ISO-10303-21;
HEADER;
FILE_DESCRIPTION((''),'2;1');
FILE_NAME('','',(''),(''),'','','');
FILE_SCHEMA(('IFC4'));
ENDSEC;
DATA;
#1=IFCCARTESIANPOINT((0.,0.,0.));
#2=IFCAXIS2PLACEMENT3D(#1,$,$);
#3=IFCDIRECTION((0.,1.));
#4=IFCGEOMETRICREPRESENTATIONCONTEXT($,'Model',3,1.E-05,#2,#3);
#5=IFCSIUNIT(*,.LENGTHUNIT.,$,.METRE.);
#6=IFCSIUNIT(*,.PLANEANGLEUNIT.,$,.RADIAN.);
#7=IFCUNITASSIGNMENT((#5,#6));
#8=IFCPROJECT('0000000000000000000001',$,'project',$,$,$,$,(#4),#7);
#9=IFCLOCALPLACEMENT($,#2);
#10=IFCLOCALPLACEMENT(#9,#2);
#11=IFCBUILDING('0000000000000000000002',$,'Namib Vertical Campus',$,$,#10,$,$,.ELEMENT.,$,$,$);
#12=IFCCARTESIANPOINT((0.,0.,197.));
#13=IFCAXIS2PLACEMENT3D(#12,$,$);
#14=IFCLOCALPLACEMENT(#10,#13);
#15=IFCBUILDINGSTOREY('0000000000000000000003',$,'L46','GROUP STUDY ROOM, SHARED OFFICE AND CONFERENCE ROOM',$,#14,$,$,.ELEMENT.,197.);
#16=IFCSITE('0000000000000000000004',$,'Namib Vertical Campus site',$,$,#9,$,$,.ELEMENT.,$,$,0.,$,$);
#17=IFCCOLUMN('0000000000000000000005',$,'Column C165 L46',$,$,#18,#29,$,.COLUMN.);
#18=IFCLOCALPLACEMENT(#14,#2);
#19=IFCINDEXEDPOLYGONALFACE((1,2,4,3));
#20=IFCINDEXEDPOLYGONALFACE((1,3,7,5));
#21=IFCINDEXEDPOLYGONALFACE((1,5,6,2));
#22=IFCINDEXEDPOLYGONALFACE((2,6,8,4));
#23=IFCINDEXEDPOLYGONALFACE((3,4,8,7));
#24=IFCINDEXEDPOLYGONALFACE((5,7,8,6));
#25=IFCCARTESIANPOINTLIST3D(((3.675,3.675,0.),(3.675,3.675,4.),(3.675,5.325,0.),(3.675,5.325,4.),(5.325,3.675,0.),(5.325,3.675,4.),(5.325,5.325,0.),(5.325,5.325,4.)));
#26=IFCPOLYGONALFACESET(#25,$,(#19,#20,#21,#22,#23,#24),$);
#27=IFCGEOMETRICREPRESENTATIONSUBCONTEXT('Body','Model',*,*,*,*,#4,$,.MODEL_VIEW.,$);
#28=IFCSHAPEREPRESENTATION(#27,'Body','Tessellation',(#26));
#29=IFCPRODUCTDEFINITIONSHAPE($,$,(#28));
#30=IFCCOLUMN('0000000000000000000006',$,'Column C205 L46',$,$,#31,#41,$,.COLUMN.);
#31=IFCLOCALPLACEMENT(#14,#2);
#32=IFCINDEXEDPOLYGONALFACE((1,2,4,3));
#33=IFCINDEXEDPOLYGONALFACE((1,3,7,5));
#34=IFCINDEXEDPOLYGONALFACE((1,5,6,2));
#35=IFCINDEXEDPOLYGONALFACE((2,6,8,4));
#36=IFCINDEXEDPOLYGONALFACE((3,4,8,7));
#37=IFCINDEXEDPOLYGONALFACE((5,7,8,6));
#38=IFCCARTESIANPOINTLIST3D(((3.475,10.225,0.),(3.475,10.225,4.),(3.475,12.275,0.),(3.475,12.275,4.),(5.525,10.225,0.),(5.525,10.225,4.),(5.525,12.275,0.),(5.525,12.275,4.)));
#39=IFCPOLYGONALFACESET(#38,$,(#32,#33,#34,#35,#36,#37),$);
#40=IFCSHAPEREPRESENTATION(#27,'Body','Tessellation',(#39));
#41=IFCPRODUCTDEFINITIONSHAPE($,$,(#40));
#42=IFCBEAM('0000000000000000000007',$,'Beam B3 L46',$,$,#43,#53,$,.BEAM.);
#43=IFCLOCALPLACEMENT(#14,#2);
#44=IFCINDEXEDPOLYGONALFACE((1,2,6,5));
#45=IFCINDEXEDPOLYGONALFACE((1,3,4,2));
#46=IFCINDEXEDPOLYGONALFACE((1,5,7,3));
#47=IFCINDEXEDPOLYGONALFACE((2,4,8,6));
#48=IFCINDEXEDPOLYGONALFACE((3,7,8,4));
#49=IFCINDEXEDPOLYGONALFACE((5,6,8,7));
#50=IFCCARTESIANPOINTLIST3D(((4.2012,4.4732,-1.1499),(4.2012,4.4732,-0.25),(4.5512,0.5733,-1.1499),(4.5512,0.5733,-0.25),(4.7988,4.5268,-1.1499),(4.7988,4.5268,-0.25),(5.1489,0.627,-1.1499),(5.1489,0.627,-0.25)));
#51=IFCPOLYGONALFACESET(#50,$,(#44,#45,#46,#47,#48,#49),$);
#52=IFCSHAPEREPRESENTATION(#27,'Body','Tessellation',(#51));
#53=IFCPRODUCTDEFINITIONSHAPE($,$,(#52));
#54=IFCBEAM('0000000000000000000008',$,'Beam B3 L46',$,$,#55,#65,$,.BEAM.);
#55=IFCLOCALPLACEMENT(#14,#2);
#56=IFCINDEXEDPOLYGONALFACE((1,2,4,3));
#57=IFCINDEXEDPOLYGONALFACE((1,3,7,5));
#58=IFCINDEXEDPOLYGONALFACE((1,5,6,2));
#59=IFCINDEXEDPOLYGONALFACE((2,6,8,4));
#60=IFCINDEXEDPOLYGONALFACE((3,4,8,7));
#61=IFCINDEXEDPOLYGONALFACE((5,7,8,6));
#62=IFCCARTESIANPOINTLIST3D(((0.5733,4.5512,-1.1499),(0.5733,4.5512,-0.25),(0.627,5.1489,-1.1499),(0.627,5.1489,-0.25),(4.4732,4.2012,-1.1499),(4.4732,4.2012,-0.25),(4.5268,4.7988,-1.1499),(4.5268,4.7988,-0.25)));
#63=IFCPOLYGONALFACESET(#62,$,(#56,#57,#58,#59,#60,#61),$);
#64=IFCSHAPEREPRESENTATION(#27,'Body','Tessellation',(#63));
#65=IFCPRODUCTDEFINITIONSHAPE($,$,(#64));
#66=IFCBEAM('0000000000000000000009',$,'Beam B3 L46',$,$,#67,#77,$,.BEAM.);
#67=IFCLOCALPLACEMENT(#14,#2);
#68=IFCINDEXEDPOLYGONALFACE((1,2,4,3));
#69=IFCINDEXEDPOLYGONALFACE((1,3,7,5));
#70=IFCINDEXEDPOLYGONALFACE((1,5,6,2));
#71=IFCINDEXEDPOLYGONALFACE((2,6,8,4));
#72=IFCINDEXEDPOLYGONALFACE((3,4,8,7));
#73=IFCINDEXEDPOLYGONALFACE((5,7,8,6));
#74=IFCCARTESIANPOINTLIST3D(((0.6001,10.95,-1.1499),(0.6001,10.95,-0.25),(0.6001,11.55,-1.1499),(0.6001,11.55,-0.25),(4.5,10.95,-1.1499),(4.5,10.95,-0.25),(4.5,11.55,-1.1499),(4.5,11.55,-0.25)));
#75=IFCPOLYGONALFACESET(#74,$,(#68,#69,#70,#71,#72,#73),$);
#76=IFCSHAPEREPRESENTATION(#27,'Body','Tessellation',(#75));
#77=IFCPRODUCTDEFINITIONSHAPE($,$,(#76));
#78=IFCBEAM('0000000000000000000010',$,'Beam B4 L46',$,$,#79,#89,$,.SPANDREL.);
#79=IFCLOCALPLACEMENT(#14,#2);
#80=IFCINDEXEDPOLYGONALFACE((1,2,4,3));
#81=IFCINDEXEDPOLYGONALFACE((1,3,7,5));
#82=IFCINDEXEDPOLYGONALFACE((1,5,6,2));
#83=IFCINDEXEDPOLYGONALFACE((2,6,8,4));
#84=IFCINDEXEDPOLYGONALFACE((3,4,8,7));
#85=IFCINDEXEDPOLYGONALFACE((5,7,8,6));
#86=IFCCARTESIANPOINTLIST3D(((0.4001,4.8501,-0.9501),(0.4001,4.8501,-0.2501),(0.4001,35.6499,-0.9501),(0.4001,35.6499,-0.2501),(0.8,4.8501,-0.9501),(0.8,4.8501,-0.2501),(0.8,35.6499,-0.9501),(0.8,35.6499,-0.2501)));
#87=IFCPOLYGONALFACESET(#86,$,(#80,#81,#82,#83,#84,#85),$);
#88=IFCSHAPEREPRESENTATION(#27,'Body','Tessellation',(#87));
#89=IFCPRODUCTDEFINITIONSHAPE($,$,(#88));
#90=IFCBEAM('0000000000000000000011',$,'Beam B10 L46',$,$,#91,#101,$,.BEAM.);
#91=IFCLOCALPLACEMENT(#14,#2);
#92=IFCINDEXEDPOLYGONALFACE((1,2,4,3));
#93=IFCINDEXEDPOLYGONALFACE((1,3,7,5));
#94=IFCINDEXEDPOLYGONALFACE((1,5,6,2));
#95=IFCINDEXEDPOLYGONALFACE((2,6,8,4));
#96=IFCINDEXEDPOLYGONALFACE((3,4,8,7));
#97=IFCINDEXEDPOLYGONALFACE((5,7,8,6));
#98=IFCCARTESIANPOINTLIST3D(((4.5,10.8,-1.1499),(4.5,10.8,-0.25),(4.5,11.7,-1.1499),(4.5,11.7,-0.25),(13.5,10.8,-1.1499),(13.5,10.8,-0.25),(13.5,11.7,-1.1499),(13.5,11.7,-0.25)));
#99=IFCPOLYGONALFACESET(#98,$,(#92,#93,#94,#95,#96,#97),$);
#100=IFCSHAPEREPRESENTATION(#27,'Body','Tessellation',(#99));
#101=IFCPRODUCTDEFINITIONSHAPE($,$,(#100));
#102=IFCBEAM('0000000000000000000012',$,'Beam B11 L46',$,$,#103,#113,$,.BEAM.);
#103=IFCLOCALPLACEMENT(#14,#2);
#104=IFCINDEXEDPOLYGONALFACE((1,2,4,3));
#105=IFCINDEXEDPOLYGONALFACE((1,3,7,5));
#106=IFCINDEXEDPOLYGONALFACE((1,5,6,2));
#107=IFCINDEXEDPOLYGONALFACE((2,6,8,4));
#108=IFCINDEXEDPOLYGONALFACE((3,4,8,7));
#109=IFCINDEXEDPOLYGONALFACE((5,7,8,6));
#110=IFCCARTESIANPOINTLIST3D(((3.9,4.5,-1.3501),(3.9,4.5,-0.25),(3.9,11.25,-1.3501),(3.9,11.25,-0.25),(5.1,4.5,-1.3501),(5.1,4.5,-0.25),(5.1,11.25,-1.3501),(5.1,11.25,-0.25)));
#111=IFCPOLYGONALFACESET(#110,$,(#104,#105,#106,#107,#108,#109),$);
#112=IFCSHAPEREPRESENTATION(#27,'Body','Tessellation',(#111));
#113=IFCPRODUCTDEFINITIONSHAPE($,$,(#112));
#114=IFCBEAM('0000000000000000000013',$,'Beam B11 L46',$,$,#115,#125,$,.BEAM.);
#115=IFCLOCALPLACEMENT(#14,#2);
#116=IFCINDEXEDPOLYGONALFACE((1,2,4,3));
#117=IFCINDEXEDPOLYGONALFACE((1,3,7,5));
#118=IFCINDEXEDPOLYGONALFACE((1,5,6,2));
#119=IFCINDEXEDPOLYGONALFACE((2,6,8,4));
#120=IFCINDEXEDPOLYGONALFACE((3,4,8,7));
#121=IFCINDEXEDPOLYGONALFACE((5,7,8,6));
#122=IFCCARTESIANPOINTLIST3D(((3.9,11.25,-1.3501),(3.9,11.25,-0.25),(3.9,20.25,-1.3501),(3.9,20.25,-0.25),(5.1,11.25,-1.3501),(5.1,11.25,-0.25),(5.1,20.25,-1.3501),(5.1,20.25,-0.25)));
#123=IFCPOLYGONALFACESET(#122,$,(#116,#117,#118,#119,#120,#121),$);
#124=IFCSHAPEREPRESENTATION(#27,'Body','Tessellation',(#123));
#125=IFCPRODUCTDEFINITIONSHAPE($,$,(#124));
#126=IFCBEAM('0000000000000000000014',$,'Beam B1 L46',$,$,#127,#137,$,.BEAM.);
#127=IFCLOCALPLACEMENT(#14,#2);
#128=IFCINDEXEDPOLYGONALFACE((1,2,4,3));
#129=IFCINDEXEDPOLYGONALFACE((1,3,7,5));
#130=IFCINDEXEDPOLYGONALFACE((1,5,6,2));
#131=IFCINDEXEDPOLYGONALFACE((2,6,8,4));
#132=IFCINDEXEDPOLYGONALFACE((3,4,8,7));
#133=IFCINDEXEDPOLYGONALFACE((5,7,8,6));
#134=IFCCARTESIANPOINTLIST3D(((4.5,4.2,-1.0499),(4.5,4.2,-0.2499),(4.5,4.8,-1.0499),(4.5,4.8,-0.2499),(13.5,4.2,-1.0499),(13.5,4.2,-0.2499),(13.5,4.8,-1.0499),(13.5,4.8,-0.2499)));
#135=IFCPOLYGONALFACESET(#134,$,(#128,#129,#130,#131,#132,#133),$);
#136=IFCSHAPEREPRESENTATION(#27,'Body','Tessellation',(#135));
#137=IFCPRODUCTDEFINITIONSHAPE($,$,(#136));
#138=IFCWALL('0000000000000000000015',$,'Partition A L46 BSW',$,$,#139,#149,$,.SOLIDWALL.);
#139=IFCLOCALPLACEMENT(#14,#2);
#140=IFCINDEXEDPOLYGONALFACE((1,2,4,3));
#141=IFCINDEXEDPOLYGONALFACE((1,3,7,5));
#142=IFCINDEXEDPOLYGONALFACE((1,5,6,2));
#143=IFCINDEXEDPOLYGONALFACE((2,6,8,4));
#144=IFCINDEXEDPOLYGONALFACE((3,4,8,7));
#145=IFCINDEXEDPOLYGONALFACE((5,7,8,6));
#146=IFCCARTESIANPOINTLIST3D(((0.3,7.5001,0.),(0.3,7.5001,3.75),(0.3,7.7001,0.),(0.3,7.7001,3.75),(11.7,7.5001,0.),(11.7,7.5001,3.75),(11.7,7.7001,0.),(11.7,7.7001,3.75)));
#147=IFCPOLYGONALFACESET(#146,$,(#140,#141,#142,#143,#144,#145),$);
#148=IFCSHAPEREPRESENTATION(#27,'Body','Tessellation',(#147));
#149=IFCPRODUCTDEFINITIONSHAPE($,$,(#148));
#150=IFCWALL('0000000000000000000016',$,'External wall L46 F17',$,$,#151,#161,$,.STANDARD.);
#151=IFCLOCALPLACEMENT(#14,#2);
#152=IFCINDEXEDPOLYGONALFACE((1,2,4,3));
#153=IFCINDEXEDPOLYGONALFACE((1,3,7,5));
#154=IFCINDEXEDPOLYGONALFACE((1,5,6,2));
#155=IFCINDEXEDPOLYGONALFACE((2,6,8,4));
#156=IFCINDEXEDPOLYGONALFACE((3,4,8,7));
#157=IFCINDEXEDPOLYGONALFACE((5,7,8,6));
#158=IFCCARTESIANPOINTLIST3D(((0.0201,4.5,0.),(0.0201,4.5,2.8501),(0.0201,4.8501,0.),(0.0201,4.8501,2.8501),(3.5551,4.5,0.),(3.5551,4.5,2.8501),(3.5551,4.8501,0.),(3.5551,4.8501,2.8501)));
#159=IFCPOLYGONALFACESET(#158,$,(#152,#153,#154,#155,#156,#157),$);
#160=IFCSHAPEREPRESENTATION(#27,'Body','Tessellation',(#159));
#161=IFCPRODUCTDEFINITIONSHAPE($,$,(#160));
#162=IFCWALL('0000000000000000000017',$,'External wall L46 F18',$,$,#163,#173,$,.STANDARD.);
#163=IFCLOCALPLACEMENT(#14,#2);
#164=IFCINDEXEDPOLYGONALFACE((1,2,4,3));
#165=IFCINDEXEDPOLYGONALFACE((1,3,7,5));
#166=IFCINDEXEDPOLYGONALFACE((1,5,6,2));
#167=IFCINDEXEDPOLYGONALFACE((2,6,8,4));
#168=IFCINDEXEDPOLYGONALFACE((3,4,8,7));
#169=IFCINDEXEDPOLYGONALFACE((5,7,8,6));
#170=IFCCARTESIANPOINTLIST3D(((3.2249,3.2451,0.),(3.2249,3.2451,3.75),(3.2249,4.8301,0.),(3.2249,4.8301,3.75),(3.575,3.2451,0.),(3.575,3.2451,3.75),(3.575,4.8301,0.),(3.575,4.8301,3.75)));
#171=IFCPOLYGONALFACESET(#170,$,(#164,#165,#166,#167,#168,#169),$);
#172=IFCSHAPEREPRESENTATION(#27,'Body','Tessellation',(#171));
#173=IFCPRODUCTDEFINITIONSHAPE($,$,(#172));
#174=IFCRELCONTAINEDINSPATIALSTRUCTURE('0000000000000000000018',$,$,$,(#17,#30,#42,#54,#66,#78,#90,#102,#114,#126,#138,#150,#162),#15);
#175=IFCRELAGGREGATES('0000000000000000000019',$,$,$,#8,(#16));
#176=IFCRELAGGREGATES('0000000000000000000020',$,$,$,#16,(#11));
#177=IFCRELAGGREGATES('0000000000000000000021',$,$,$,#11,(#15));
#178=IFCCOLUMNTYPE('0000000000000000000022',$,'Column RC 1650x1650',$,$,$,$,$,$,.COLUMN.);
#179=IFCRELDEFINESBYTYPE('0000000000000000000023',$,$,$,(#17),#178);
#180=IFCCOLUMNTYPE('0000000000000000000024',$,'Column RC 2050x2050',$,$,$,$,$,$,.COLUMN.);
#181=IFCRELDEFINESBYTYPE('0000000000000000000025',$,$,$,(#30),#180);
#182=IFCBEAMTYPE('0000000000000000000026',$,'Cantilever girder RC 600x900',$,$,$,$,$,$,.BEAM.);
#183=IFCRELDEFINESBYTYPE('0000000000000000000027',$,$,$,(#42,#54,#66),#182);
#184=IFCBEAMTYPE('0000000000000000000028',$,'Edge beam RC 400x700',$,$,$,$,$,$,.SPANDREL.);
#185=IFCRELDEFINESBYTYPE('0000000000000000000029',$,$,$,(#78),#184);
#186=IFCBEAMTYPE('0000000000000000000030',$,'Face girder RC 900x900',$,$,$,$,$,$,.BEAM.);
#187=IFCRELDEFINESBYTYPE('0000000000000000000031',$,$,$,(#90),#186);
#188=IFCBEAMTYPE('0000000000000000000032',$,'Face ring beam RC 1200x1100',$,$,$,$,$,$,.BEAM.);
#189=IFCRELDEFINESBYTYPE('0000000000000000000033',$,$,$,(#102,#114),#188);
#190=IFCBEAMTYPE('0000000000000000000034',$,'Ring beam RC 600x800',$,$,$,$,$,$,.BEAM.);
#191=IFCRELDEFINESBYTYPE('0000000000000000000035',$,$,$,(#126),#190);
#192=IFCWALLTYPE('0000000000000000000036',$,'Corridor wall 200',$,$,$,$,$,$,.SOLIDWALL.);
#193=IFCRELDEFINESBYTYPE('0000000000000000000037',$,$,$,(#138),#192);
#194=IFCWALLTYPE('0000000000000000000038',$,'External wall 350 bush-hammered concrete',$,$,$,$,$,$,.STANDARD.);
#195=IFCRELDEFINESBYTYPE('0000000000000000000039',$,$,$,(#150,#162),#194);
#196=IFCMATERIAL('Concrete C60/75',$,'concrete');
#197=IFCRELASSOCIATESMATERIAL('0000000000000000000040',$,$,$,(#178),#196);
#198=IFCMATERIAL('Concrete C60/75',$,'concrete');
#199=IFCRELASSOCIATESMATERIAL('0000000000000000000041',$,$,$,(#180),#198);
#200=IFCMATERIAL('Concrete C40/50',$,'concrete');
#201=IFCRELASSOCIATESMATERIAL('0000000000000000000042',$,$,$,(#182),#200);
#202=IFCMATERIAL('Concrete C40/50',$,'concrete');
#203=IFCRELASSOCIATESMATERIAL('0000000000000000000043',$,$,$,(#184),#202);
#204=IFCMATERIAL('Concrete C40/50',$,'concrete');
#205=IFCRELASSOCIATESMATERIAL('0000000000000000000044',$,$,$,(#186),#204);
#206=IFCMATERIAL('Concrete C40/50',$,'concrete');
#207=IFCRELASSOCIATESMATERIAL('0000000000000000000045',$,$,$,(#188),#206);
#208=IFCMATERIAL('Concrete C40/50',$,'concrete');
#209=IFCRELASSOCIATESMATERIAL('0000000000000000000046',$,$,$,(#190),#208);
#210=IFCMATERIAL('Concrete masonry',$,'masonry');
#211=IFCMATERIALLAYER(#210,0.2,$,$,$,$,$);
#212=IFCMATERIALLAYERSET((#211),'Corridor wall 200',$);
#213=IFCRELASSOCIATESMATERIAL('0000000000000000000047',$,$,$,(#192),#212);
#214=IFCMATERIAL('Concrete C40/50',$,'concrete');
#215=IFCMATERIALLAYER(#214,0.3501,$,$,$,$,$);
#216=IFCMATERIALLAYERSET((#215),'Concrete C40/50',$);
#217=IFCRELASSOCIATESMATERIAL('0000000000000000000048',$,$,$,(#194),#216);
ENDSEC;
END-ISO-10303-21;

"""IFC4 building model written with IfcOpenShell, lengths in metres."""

from ifc_helpers import new_model, si_unit, direction, frame, frame_2d, origin, origin_2d, place, context, subcontext, project, spatial, rectangle, extrude, material, layer, layer_set, material_profile, profile_set, type_object, element, save


model = new_model("IFC4")

# Units and contexts
model_context = context("Model", 3, precision=1e-05, world=origin(), true_north=direction((0.0, 1.0)))
body_context = subcontext(model_context, "Body", "Model", "MODEL_VIEW")
ifc_project = project(units=[si_unit("LENGTHUNIT", "METRE"), si_unit("PLANEANGLEUNIT", "RADIAN")], contexts=[model_context])

# Site, building, storey
site_placement = place(None, origin())
site = spatial("IfcSite", under=ifc_project, at=site_placement, Name="Namib Vertical Campus site", CompositionType="ELEMENT", RefElevation=0.0)
building_placement = place(site_placement, origin())
building = spatial("IfcBuilding", under=site, at=building_placement, Name="Namib Vertical Campus", CompositionType="ELEMENT")
storey_placement = place(building_placement, frame((0.0, 0.0, 197.0)))
storey = spatial("IfcBuildingStorey", under=building, at=storey_placement, Name="L46", Description="GROUP STUDY ROOM, SHARED OFFICE AND CONFERENCE ROOM", CompositionType="ELEMENT", Elevation=197.0)

# Columns
ifc_material_1 = material(Name="Concrete C60/75", Category="concrete")
ifc_material_profile_1 = material_profile(ifc_material_1, rectangle(XDim=1.6499, YDim=1.6499, at=origin_2d()))
ifc_profile_set_1 = profile_set([ifc_material_profile_1], Name="Concrete C60/75")
column_type_1 = type_object("IfcColumnType", Name="Column RC 1650x1650", PredefinedType="COLUMN", material=ifc_profile_set_1)
column_1_placement = place(storey_placement, frame((4.5, 4.5, 0.0), z_axis=(0.0, 0.0, 1.0), x_axis=(1.0, 0.0, 0.0)))
element("IfcColumn", 1, at=column_1_placement, inside=storey, type_object=column_type_1, Name="Column C165 L46", PredefinedType="COLUMN", context=body_context, shape_type="SweptSolid", body=[
    extrude(rectangle(XDim=1.6499, YDim=1.6499, at=origin_2d()), origin(), (0.0, 0.0, 1.0), 4.0),
])
ifc_material_2 = material(Name="Concrete C60/75", Category="concrete")
ifc_material_profile_2 = material_profile(ifc_material_2, rectangle(XDim=2.05, YDim=2.05, at=origin_2d()))
ifc_profile_set_2 = profile_set([ifc_material_profile_2], Name="Concrete C60/75")
column_type_2 = type_object("IfcColumnType", Name="Column RC 2050x2050", PredefinedType="COLUMN", material=ifc_profile_set_2)
column_2_placement = place(storey_placement, frame((4.5, 11.25, 0.0), z_axis=(0.0, 0.0, 1.0), x_axis=(1.0, 0.0, 0.0)))
element("IfcColumn", 2, at=column_2_placement, inside=storey, type_object=column_type_2, Name="Column C205 L46", PredefinedType="COLUMN", context=body_context, shape_type="SweptSolid", body=[
    extrude(rectangle(XDim=2.05, YDim=2.05, at=origin_2d()), origin(), (0.0, 0.0, 1.0), 4.0),
])

# Beams
ifc_material_3 = material(Name="Concrete C40/50", Category="concrete")
ifc_material_profile_3 = material_profile(ifc_material_3, rectangle(XDim=0.6001, YDim=0.8999, at=origin_2d()))
ifc_profile_set_3 = profile_set([ifc_material_profile_3], Name="Concrete C40/50")
beam_type_1 = type_object("IfcBeamType", Name="Cantilever girder RC 600x900", PredefinedType="BEAM", material=ifc_profile_set_3)
for number, where, z_axis, x_axis, name in (
    (3, (4.5, 4.5, -0.7), (0.089411, -0.995995, 0.0), (0.995995, 0.089411, 0.0), "Beam B3 L46"),
    (4, (4.5, 4.5, -0.7), (-0.995995, 0.089411, 0.0), (-0.089411, -0.995995, 0.0), "Beam B3 L46"),
):
    element("IfcBeam", number, at=place(storey_placement, frame(where, z_axis=z_axis, x_axis=x_axis)), inside=storey, type_object=beam_type_1, Name=name, PredefinedType="BEAM", context=body_context, shape_type="SweptSolid", body=[
        extrude(rectangle(XDim=0.6001, YDim=0.8999, at=origin_2d()), origin(), (0.0, 0.0, 1.0), 3.9155),
    ])
beam_1_placement = place(storey_placement, frame((4.5, 11.25, -0.7), z_axis=(-1.0, 0.0, 0.0), x_axis=(0.0, -1.0, 0.0)))
element("IfcBeam", 5, at=beam_1_placement, inside=storey, type_object=beam_type_1, Name="Beam B3 L46", PredefinedType="BEAM", context=body_context, shape_type="SweptSolid", body=[
    extrude(rectangle(XDim=0.6001, YDim=0.8999, at=origin_2d()), origin(), (0.0, 0.0, 1.0), 3.8999),
])
ifc_material_4 = material(Name="Concrete C40/50", Category="concrete")
ifc_material_profile_4 = material_profile(ifc_material_4, rectangle(XDim=0.3999, YDim=0.7, at=origin_2d()))
ifc_profile_set_4 = profile_set([ifc_material_profile_4], Name="Concrete C40/50")
beam_type_2 = type_object("IfcBeamType", Name="Edge beam RC 400x700", PredefinedType="SPANDREL", material=ifc_profile_set_4)
beam_2_placement = place(storey_placement, frame((0.6001, 4.8501, -0.6001), z_axis=(0.0, 1.0, 0.0), x_axis=(-1.0, 0.0, 0.0)))
element("IfcBeam", 6, at=beam_2_placement, inside=storey, type_object=beam_type_2, Name="Beam B4 L46", PredefinedType="SPANDREL", context=body_context, shape_type="SweptSolid", body=[
    extrude(rectangle(XDim=0.3999, YDim=0.7, at=origin_2d()), origin(), (0.0, 0.0, 1.0), 30.7998),
])
ifc_material_5 = material(Name="Concrete C40/50", Category="concrete")
ifc_material_profile_5 = material_profile(ifc_material_5, rectangle(XDim=0.8999, YDim=0.8999, at=origin_2d()))
ifc_profile_set_5 = profile_set([ifc_material_profile_5], Name="Concrete C40/50")
beam_type_3 = type_object("IfcBeamType", Name="Face girder RC 900x900", PredefinedType="BEAM", material=ifc_profile_set_5)
beam_3_placement = place(storey_placement, frame((4.5, 11.25, -0.7), z_axis=(1.0, 0.0, 0.0), x_axis=(0.0, 1.0, 0.0)))
element("IfcBeam", 7, at=beam_3_placement, inside=storey, type_object=beam_type_3, Name="Beam B10 L46", PredefinedType="BEAM", context=body_context, shape_type="SweptSolid", body=[
    extrude(rectangle(XDim=0.8999, YDim=0.8999, at=origin_2d()), origin(), (0.0, 0.0, 1.0), 9.0),
])
ifc_material_6 = material(Name="Concrete C40/50", Category="concrete")
ifc_material_profile_6 = material_profile(ifc_material_6, rectangle(XDim=1.2, YDim=1.1001, at=origin_2d()))
ifc_profile_set_6 = profile_set([ifc_material_profile_6], Name="Concrete C40/50")
beam_type_4 = type_object("IfcBeamType", Name="Face ring beam RC 1200x1100", PredefinedType="BEAM", material=ifc_profile_set_6)
beam_4_placement = place(storey_placement, frame((4.5, 4.5, -0.8), z_axis=(0.0, 1.0, 0.0), x_axis=(-1.0, 0.0, 0.0)))
element("IfcBeam", 8, at=beam_4_placement, inside=storey, type_object=beam_type_4, Name="Beam B11 L46", PredefinedType="BEAM", context=body_context, shape_type="SweptSolid", body=[
    extrude(rectangle(XDim=1.2, YDim=1.1001, at=origin_2d()), origin(), (0.0, 0.0, 1.0), 6.75),
])
beam_5_placement = place(storey_placement, frame((4.5, 11.25, -0.8), z_axis=(0.0, 1.0, 0.0), x_axis=(-1.0, 0.0, 0.0)))
element("IfcBeam", 9, at=beam_5_placement, inside=storey, type_object=beam_type_4, Name="Beam B11 L46", PredefinedType="BEAM", context=body_context, shape_type="SweptSolid", body=[
    extrude(rectangle(XDim=1.2, YDim=1.1001, at=origin_2d()), origin(), (0.0, 0.0, 1.0), 9.0),
])
ifc_material_7 = material(Name="Concrete C40/50", Category="concrete")
ifc_material_profile_7 = material_profile(ifc_material_7, rectangle(XDim=0.6001, YDim=0.8, at=origin_2d()))
ifc_profile_set_7 = profile_set([ifc_material_profile_7], Name="Concrete C40/50")
beam_type_5 = type_object("IfcBeamType", Name="Ring beam RC 600x800", PredefinedType="BEAM", material=ifc_profile_set_7)
beam_6_placement = place(storey_placement, frame((4.5, 4.5, -0.6499), z_axis=(1.0, 0.0, 0.0), x_axis=(0.0, 1.0, 0.0)))
element("IfcBeam", 10, at=beam_6_placement, inside=storey, type_object=beam_type_5, Name="Beam B1 L46", PredefinedType="BEAM", context=body_context, shape_type="SweptSolid", body=[
    extrude(rectangle(XDim=0.6001, YDim=0.8, at=origin_2d()), origin(), (0.0, 0.0, 1.0), 9.0),
])

# Walls
ifc_material_8 = material(Name="Concrete masonry", Category="masonry")
ifc_layer_1 = layer(ifc_material_8, 0.2)
ifc_layer_set_1 = layer_set([ifc_layer_1], Name="Corridor wall 200")
wall_type_1 = type_object("IfcWallType", Name="Corridor wall 200", PredefinedType="SOLIDWALL", material=ifc_layer_set_1)
wall_1_placement = place(storey_placement, frame((0.3, 7.6001, 0.0), z_axis=(0.0, 0.0, 1.0), x_axis=(1.0, 0.0, 0.0)))
element("IfcWall", 11, at=wall_1_placement, inside=storey, type_object=wall_type_1, Name="Partition A L46 BSW", PredefinedType="SOLIDWALL", context=body_context, shape_type="SweptSolid", body=[
    extrude(rectangle(XDim=11.3999, YDim=0.2, at=frame_2d((5.7, 0.0))), origin(), (0.0, 0.0, 1.0), 3.75),
])
ifc_material_9 = material(Name="Concrete C40/50", Category="concrete")
ifc_layer_2 = layer(ifc_material_9, 0.3501)
ifc_layer_set_2 = layer_set([ifc_layer_2], Name="Concrete C40/50")
wall_type_2 = type_object("IfcWallType", Name="External wall 350 bush-hammered concrete", PredefinedType="STANDARD", material=ifc_layer_set_2)
wall_2_placement = place(storey_placement, frame((0.02, 4.675, 0.0), z_axis=(0.0, 0.0, 1.0), x_axis=(1.0, 0.0, 0.0)))
element("IfcWall", 12, at=wall_2_placement, inside=storey, type_object=wall_type_2, Name="External wall L46 F17", PredefinedType="STANDARD", context=body_context, shape_type="SweptSolid", body=[
    extrude(rectangle(XDim=3.5349, YDim=0.3501, at=frame_2d((1.7676, 0.0))), origin(), (0.0, 0.0, 1.0), 2.8501),
])
for number, where, z_axis, x_axis, name in (
    (13, (3.3999, 4.8301, 0.0), (0.0, 0.0, 1.0), (0.0, -1.0, 0.0), "External wall L46 F18"),
):
    element("IfcWall", number, at=place(storey_placement, frame(where, z_axis=z_axis, x_axis=x_axis)), inside=storey, type_object=wall_type_2, Name=name, PredefinedType="STANDARD", context=body_context, shape_type="SweptSolid", body=[
        extrude(rectangle(XDim=1.585, YDim=0.3501, at=frame_2d((0.7925, 0.0))), origin(), (0.0, 0.0, 1.0), 3.75),
    ])

save(model, "model.ifc")
